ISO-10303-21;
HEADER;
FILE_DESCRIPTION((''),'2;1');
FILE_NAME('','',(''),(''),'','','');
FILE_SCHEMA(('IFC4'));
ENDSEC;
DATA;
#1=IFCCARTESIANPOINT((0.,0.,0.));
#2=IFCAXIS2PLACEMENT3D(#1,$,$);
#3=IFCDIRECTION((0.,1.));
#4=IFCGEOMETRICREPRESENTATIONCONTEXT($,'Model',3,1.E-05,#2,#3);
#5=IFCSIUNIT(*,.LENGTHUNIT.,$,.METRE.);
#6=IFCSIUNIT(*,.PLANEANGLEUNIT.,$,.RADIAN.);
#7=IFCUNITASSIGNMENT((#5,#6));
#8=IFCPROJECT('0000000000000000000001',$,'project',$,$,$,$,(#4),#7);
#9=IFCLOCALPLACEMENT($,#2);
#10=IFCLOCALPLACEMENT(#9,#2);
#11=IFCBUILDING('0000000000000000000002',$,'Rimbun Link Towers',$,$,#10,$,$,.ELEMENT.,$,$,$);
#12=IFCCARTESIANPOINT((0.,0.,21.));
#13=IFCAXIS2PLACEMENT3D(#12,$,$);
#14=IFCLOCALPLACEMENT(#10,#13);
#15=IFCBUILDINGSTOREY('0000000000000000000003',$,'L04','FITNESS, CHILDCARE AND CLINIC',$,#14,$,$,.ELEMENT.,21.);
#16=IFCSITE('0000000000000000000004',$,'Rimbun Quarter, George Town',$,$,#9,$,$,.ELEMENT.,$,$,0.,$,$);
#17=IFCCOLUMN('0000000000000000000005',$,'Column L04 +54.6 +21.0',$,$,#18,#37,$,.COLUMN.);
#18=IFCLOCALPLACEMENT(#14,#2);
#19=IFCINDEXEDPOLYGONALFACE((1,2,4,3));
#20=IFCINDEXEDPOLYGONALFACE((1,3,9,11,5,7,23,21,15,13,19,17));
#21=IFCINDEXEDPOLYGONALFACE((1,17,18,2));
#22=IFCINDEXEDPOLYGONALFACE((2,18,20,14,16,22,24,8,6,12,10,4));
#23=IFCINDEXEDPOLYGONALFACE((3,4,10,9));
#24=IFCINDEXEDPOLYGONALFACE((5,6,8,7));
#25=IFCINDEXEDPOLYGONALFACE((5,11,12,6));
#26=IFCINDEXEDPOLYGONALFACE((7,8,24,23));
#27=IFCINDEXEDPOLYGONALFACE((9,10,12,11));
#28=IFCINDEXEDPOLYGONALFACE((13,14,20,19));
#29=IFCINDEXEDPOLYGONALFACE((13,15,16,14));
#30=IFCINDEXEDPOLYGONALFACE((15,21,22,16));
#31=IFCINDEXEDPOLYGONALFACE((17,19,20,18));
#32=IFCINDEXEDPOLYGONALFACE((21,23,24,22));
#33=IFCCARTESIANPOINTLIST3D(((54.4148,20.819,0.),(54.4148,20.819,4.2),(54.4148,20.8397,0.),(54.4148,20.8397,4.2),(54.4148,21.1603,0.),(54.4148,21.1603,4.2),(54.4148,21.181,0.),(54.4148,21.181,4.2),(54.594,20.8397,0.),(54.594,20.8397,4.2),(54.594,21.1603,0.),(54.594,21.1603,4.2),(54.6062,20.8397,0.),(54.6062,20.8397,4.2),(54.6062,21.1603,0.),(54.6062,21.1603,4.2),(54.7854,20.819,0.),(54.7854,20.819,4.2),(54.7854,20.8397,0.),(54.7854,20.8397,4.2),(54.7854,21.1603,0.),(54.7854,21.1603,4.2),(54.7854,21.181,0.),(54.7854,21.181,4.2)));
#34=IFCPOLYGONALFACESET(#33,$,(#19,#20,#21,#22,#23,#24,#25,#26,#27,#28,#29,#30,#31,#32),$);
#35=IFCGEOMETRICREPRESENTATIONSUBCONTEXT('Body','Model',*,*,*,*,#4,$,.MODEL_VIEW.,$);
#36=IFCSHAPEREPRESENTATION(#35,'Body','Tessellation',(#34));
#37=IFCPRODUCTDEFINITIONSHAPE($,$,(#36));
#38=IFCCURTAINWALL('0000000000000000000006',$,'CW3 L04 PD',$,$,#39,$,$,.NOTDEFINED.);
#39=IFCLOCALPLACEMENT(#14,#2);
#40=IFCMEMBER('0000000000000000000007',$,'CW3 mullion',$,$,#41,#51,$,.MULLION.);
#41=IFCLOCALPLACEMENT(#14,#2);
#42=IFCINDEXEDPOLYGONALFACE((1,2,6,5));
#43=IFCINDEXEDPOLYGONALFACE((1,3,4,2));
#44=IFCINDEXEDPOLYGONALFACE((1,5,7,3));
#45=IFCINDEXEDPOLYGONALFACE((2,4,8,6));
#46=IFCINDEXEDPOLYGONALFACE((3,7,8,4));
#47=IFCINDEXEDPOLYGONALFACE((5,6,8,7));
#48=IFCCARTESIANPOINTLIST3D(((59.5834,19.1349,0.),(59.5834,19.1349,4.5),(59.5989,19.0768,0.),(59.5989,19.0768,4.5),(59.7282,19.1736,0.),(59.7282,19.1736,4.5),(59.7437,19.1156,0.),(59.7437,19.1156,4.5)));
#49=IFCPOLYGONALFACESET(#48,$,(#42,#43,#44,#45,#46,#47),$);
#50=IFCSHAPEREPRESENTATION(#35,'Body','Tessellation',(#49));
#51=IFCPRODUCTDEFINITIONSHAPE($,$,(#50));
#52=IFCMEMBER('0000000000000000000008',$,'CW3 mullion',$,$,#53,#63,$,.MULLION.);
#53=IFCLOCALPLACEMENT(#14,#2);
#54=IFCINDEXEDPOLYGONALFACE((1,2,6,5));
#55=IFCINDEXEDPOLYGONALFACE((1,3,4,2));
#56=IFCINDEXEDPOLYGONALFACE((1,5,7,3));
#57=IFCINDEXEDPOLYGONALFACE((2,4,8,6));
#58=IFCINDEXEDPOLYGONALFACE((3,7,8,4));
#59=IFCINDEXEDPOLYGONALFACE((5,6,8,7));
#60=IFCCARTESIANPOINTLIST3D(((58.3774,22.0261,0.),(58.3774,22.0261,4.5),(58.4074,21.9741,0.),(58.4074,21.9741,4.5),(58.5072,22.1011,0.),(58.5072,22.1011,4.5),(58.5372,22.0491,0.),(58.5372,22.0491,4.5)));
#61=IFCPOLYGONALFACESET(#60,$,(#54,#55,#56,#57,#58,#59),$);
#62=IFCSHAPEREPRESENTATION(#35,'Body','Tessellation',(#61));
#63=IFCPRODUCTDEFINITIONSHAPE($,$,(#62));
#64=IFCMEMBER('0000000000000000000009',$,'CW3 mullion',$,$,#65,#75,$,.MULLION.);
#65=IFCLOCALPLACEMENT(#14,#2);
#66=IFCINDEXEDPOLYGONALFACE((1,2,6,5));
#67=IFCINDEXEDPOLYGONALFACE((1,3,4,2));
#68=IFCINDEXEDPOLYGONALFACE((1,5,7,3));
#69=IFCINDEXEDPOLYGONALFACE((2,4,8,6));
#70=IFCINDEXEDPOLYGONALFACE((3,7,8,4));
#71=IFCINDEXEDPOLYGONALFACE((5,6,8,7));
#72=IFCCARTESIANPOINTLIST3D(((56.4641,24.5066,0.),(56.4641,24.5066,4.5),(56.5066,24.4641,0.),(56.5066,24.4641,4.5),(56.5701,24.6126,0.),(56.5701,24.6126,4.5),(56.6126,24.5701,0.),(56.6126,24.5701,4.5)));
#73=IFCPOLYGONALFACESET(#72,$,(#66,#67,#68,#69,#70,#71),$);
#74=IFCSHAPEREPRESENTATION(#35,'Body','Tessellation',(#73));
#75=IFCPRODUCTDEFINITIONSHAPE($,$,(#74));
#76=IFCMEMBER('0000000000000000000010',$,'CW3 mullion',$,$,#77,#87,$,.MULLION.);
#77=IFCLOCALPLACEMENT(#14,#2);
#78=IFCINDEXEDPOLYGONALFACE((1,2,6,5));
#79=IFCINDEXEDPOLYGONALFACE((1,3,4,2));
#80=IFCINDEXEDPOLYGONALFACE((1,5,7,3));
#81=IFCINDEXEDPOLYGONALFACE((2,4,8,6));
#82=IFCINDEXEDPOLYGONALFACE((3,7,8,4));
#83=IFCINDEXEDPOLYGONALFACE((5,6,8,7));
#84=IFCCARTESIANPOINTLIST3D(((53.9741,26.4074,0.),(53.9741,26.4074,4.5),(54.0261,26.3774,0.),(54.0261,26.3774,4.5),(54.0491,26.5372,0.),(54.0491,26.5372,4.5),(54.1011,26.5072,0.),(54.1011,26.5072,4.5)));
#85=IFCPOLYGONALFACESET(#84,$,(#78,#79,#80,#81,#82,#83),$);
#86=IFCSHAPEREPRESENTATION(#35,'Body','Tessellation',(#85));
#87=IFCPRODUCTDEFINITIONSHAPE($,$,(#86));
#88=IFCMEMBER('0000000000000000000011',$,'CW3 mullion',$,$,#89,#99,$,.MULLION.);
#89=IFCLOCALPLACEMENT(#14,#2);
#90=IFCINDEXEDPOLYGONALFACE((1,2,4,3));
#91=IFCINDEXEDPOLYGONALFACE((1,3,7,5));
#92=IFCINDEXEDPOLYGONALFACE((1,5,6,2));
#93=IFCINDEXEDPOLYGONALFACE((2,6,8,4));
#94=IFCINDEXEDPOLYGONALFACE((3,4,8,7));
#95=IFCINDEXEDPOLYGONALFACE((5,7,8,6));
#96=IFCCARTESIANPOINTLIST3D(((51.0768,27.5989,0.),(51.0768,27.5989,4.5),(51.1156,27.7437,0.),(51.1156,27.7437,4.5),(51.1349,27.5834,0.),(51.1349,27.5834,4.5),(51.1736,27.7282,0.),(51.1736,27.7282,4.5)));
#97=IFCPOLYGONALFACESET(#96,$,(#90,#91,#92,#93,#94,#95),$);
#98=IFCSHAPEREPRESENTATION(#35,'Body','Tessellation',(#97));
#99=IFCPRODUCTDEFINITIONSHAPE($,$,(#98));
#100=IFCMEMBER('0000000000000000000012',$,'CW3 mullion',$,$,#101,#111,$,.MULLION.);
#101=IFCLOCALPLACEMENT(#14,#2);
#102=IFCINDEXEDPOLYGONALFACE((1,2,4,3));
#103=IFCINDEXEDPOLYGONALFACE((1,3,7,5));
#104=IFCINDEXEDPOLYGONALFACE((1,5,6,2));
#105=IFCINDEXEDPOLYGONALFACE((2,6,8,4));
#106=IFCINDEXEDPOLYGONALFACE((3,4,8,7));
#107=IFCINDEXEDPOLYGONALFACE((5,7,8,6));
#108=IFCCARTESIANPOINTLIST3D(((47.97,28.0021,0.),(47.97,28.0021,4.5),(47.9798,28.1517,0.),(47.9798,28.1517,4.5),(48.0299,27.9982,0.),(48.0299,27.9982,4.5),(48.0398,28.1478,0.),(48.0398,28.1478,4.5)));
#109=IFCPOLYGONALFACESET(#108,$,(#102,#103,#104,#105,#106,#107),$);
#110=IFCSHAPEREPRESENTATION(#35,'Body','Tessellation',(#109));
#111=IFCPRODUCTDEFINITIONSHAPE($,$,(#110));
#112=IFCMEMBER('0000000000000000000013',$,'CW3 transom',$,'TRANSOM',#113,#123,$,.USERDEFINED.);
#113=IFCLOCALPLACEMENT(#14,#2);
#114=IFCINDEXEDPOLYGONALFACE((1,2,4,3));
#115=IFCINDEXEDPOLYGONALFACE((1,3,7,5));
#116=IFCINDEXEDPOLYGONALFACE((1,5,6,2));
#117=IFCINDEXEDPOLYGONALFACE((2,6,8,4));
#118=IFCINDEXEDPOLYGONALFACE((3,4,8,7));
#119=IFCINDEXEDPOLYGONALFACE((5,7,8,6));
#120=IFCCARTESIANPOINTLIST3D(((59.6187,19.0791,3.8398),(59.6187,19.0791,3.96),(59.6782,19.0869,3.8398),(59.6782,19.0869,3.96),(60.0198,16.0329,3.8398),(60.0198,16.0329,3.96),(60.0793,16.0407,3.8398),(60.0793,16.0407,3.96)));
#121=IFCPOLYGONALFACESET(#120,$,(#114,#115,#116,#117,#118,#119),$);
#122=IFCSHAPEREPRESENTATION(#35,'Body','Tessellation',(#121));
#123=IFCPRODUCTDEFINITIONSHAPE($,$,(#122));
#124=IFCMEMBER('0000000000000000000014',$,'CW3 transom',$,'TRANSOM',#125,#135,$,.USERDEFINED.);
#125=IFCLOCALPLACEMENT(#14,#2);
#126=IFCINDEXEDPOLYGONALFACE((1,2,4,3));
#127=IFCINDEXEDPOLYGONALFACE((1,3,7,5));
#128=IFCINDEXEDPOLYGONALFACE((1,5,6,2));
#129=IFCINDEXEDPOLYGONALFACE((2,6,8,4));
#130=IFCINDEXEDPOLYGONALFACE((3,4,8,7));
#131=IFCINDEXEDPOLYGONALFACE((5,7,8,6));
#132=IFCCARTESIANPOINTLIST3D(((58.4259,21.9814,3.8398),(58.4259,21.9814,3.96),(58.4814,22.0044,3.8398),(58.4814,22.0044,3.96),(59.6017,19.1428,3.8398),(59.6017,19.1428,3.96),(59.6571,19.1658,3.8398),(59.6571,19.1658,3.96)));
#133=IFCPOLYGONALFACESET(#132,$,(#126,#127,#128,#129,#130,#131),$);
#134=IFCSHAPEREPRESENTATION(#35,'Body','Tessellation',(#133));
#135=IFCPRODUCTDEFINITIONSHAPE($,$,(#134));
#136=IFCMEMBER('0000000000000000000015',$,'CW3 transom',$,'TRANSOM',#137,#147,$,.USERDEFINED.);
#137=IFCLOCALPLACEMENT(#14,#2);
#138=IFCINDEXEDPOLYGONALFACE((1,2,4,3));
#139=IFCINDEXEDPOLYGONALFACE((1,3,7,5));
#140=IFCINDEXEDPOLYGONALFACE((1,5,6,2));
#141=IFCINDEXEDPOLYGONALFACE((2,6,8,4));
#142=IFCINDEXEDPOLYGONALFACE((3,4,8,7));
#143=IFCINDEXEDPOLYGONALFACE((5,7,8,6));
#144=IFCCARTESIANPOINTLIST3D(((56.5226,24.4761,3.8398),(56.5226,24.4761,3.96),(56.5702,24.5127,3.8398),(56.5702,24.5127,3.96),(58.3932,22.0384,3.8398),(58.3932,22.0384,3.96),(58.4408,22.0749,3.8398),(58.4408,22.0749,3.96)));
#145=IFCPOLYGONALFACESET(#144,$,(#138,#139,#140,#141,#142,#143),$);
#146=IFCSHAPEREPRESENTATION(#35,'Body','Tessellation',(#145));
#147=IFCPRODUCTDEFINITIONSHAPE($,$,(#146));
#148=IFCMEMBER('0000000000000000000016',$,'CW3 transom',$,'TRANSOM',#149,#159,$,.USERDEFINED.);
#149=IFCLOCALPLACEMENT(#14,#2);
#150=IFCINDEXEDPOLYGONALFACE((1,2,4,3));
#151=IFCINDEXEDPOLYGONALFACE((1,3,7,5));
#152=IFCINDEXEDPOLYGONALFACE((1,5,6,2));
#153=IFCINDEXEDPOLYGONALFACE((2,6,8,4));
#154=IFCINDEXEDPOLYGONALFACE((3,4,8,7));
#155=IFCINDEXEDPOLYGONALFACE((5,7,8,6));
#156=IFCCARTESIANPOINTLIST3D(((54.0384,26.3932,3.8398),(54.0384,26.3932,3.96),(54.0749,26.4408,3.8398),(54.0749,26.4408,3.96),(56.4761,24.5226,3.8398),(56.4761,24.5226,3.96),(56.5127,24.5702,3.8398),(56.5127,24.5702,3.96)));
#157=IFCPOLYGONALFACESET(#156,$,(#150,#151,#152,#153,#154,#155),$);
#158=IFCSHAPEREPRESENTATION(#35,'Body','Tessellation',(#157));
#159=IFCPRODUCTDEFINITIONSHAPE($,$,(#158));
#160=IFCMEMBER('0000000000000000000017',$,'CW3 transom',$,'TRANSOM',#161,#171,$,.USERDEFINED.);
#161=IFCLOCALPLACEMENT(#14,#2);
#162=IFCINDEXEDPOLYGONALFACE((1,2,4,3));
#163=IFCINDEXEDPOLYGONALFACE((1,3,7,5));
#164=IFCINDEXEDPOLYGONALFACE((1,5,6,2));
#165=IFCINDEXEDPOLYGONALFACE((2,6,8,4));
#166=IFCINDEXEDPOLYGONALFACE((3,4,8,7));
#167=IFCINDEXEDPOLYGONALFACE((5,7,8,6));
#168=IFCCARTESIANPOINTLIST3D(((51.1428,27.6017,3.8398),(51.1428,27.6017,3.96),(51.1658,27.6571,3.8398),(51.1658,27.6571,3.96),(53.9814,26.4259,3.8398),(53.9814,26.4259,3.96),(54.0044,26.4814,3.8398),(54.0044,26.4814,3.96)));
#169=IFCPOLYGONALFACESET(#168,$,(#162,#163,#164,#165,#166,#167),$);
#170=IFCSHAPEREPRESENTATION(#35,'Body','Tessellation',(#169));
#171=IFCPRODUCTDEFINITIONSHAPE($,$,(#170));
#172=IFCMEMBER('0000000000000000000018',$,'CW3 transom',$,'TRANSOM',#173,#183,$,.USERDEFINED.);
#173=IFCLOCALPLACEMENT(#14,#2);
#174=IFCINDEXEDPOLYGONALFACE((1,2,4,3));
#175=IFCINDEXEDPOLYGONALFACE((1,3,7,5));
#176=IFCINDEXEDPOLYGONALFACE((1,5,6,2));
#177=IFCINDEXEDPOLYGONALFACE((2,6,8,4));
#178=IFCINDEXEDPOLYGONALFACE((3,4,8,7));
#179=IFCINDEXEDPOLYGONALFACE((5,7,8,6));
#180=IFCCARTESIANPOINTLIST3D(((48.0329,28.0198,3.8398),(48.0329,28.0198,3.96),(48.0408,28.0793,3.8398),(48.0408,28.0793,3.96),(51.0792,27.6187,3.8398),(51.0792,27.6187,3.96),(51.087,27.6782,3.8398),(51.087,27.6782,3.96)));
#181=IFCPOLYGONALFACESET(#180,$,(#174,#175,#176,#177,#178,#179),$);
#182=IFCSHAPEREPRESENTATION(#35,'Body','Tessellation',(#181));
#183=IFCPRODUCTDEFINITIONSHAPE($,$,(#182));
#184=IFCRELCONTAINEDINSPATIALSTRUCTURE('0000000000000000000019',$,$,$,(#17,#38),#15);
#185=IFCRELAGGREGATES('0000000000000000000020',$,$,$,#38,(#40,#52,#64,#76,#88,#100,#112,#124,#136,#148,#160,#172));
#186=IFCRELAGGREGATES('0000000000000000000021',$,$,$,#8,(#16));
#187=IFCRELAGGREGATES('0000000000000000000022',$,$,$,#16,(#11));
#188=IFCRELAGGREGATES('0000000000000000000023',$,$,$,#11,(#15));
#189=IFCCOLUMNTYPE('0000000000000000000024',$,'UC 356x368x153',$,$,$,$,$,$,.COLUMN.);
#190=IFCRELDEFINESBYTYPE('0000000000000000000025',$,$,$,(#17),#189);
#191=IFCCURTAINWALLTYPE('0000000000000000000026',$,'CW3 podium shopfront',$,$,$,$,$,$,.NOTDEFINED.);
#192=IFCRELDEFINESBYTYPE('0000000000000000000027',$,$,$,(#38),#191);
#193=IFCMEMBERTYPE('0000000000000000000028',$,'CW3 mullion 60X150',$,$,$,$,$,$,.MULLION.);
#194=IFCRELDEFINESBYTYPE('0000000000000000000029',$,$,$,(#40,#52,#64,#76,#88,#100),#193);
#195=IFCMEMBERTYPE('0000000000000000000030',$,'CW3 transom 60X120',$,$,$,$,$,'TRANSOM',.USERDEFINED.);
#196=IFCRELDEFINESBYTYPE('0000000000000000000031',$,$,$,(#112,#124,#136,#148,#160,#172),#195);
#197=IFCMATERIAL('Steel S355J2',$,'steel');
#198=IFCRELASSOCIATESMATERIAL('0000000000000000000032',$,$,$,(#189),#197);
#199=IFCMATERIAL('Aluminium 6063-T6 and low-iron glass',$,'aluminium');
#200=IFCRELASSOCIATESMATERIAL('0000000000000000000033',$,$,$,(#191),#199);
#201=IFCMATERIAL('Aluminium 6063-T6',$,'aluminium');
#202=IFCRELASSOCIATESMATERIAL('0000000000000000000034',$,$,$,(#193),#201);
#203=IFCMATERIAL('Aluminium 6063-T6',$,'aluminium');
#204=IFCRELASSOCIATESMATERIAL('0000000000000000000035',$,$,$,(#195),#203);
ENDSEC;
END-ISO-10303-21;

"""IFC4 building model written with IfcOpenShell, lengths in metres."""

from ifc_helpers import new_model, si_unit, direction, frame, origin, origin_2d, place, context, subcontext, project, spatial, rectangle, i_section, extrude, material, material_profile, profile_set, type_object, element, aggregate, save


model = new_model("IFC4")

# Units and contexts
model_context = context("Model", 3, precision=1e-05, world=origin(), true_north=direction((0.0, 1.0)))
body_context = subcontext(model_context, "Body", "Model", "MODEL_VIEW")
ifc_project = project(units=[si_unit("LENGTHUNIT", "METRE"), si_unit("PLANEANGLEUNIT", "RADIAN")], contexts=[model_context])

# Site, building, storey
site_placement = place(None, origin())
site = spatial("IfcSite", under=ifc_project, at=site_placement, Name="Rimbun Quarter, George Town", CompositionType="ELEMENT", RefElevation=0.0)
building_placement = place(site_placement, origin())
building = spatial("IfcBuilding", under=site, at=building_placement, Name="Rimbun Link Towers", CompositionType="ELEMENT")
storey_placement = place(building_placement, frame((0.0, 0.0, 21.0)))
storey = spatial("IfcBuildingStorey", under=building, at=storey_placement, Name="L04", Description="FITNESS, CHILDCARE AND CLINIC", CompositionType="ELEMENT", Elevation=21.0)

# Column
ifc_material_1 = material(Name="Steel S355J2", Category="steel")
ifc_material_profile_1 = material_profile(ifc_material_1, i_section(OverallWidth=0.3706, OverallDepth=0.3621, WebThickness=0.0122, FlangeThickness=0.0208, at=origin_2d()), Name="UC 356x368x153")
ifc_profile_set_1 = profile_set([ifc_material_profile_1], Name="Steel S355J2")
column_type = type_object("IfcColumnType", Name="UC 356x368x153", PredefinedType="COLUMN", material=ifc_profile_set_1)
column_placement = place(storey_placement, frame((54.6001, 21.0, 0.0), z_axis=(0.0, 0.0, 1.0), x_axis=(1.0, 0.0, 0.0)))
element("IfcColumn", 1, at=column_placement, inside=storey, type_object=column_type, Name="Column L04 +54.6 +21.0", PredefinedType="COLUMN", context=body_context, shape_type="SweptSolid", body=[
    extrude(i_section(OverallWidth=0.3706, OverallDepth=0.3621, WebThickness=0.0122, FlangeThickness=0.0208, at=origin_2d()), origin(), (0.0, 0.0, 1.0), 4.2),
])

# Curtain wall, members
ifc_material_2 = material(Name="Aluminium 6063-T6 and low-iron glass", Category="aluminium")
curtain_wall_type = type_object("IfcCurtainWallType", Name="CW3 podium shopfront", PredefinedType="NOTDEFINED", material=ifc_material_2)
curtain_wall_placement = place(storey_placement, origin())
curtain_wall = element("IfcCurtainWall", 2, at=curtain_wall_placement, inside=storey, type_object=curtain_wall_type, Name="CW3 L04 PD", PredefinedType="NOTDEFINED")
ifc_material_3 = material(Name="Aluminium 6063-T6", Category="aluminium")
ifc_material_profile_2 = material_profile(ifc_material_3, rectangle(XDim=0.1499, YDim=0.0601, at=origin_2d()), Name="MULLION 60X150")
ifc_profile_set_2 = profile_set([ifc_material_profile_2], Name="Aluminium 6063-T6")
member_type_1 = type_object("IfcMemberType", Name="CW3 mullion 60X150", PredefinedType="MULLION", material=ifc_profile_set_2)
member_1_placement = place(storey_placement, frame((59.6636, 19.1252, 0.0), z_axis=(0.0, 0.0, 1.0), x_axis=(0.965926, 0.258819, 0.0)))
member_1 = element("IfcMember", 3, at=member_1_placement, type_object=member_type_1, Name="CW3 mullion", PredefinedType="MULLION", context=body_context, shape_type="SweptSolid", body=[
    extrude(rectangle(XDim=0.1499, YDim=0.0601, at=origin_2d()), origin(), (0.0, 0.0, 1.0), 4.5),
])
member_2_placement = place(storey_placement, frame((58.4573, 22.0376, 0.0), z_axis=(0.0, 0.0, 1.0), x_axis=(0.866029, 0.499994, 0.0)))
member_2 = element("IfcMember", 4, at=member_2_placement, type_object=member_type_1, Name="CW3 mullion", PredefinedType="MULLION", context=body_context, shape_type="SweptSolid", body=[
    extrude(rectangle(XDim=0.1499, YDim=0.0601, at=origin_2d()), origin(), (0.0, 0.0, 1.0), 4.5),
])
member_3_placement = place(storey_placement, frame((56.5383, 24.5383, 0.0), z_axis=(0.0, 0.0, 1.0), x_axis=(0.707107, 0.707107, 0.0)))
member_3 = element("IfcMember", 5, at=member_3_placement, type_object=member_type_1, Name="CW3 mullion", PredefinedType="MULLION", context=body_context, shape_type="SweptSolid", body=[
    extrude(rectangle(XDim=0.1499, YDim=0.0601, at=origin_2d()), origin(), (0.0, 0.0, 1.0), 4.5),
])
member_4_placement = place(storey_placement, frame((54.0376, 26.4573, 0.0), z_axis=(0.0, 0.0, 1.0), x_axis=(0.499994, 0.866029, 0.0)))
member_4 = element("IfcMember", 6, at=member_4_placement, type_object=member_type_1, Name="CW3 mullion", PredefinedType="MULLION", context=body_context, shape_type="SweptSolid", body=[
    extrude(rectangle(XDim=0.1499, YDim=0.0601, at=origin_2d()), origin(), (0.0, 0.0, 1.0), 4.5),
])
member_5_placement = place(storey_placement, frame((51.1252, 27.6636, 0.0), z_axis=(0.0, 0.0, 1.0), x_axis=(0.258819, 0.965926, 0.0)))
member_5 = element("IfcMember", 7, at=member_5_placement, type_object=member_type_1, Name="CW3 mullion", PredefinedType="MULLION", context=body_context, shape_type="SweptSolid", body=[
    extrude(rectangle(XDim=0.1499, YDim=0.0601, at=origin_2d()), origin(), (0.0, 0.0, 1.0), 4.5),
])
member_6_placement = place(storey_placement, frame((48.0049, 28.075, 0.0), z_axis=(0.0, 0.0, 1.0), x_axis=(0.065405, 0.997859, 0.0)))
member_6 = element("IfcMember", 8, at=member_6_placement, type_object=member_type_1, Name="CW3 mullion", PredefinedType="MULLION", context=body_context, shape_type="SweptSolid", body=[
    extrude(rectangle(XDim=0.1499, YDim=0.0601, at=origin_2d()), origin(), (0.0, 0.0, 1.0), 4.5),
])
ifc_material_4 = material(Name="Aluminium 6063-T6", Category="aluminium")
ifc_material_profile_3 = material_profile(ifc_material_4, rectangle(XDim=0.0601, YDim=0.1201, at=origin_2d()), Name="TRANSOM 60X120")
ifc_profile_set_3 = profile_set([ifc_material_profile_3], Name="Aluminium 6063-T6")
member_type_2 = type_object("IfcMemberType", Name="CW3 transom 60X120", ElementType="TRANSOM", PredefinedType="USERDEFINED", material=ifc_profile_set_3)
member_7_placement = place(storey_placement, frame((59.6484, 19.083, 3.8999), z_axis=(0.130555, -0.991441, 0.0), x_axis=(0.991441, 0.130555, 0.0)))
member_7 = element("IfcMember", 9, at=member_7_placement, type_object=member_type_2, Name="CW3 transom", ObjectType="TRANSOM", PredefinedType="USERDEFINED", context=body_context, shape_type="SweptSolid", body=[
    extrude(rectangle(XDim=0.0601, YDim=0.1201, at=origin_2d()), origin(), (0.0, 0.0, 1.0), 3.0725),
])
member_8_placement = place(storey_placement, frame((58.4536, 21.9929, 3.8999), z_axis=(0.382679, -0.923881, 0.0), x_axis=(0.923881, 0.382679, 0.0)))
member_8 = element("IfcMember", 10, at=member_8_placement, type_object=member_type_2, Name="CW3 transom", ObjectType="TRANSOM", PredefinedType="USERDEFINED", context=body_context, shape_type="SweptSolid", body=[
    extrude(rectangle(XDim=0.0601, YDim=0.1201, at=origin_2d()), origin(), (0.0, 0.0, 1.0), 3.0725),
])
member_9_placement = place(storey_placement, frame((56.5464, 24.4944, 3.8999), z_axis=(0.608773, -0.793344, 0.0), x_axis=(0.793344, 0.608773, 0.0)))
member_9 = element("IfcMember", 11, at=member_9_placement, type_object=member_type_2, Name="CW3 transom", ObjectType="TRANSOM", PredefinedType="USERDEFINED", context=body_context, shape_type="SweptSolid", body=[
    extrude(rectangle(XDim=0.0601, YDim=0.1201, at=origin_2d()), origin(), (0.0, 0.0, 1.0), 3.0728),
])
member_10_placement = place(storey_placement, frame((54.0566, 26.417, 3.8999), z_axis=(0.793344, -0.608773, 0.0), x_axis=(0.608773, 0.793344, 0.0)))
member_10 = element("IfcMember", 12, at=member_10_placement, type_object=member_type_2, Name="CW3 transom", ObjectType="TRANSOM", PredefinedType="USERDEFINED", context=body_context, shape_type="SweptSolid", body=[
    extrude(rectangle(XDim=0.0601, YDim=0.1201, at=origin_2d()), origin(), (0.0, 0.0, 1.0), 3.0728),
])
member_11_placement = place(storey_placement, frame((51.1543, 27.6294, 3.8999), z_axis=(0.923881, -0.382679, 0.0), x_axis=(0.382679, 0.923881, 0.0)))
member_11 = element("IfcMember", 13, at=member_11_placement, type_object=member_type_2, Name="CW3 transom", ObjectType="TRANSOM", PredefinedType="USERDEFINED", context=body_context, shape_type="SweptSolid", body=[
    extrude(rectangle(XDim=0.0601, YDim=0.1201, at=origin_2d()), origin(), (0.0, 0.0, 1.0), 3.0725),
])
member_12_placement = place(storey_placement, frame((48.0369, 28.0496, 3.8999), z_axis=(0.991441, -0.130555, 0.0), x_axis=(0.130555, 0.991441, 0.0)))
member_12 = element("IfcMember", 14, at=member_12_placement, type_object=member_type_2, Name="CW3 transom", ObjectType="TRANSOM", PredefinedType="USERDEFINED", context=body_context, shape_type="SweptSolid", body=[
    extrude(rectangle(XDim=0.0601, YDim=0.1201, at=origin_2d()), origin(), (0.0, 0.0, 1.0), 3.0725),
])

aggregate(curtain_wall, [member_1, member_2, member_3, member_4, member_5, member_6, member_7, member_8, member_9, member_10, member_11, member_12])

save(model, "model.ifc")
